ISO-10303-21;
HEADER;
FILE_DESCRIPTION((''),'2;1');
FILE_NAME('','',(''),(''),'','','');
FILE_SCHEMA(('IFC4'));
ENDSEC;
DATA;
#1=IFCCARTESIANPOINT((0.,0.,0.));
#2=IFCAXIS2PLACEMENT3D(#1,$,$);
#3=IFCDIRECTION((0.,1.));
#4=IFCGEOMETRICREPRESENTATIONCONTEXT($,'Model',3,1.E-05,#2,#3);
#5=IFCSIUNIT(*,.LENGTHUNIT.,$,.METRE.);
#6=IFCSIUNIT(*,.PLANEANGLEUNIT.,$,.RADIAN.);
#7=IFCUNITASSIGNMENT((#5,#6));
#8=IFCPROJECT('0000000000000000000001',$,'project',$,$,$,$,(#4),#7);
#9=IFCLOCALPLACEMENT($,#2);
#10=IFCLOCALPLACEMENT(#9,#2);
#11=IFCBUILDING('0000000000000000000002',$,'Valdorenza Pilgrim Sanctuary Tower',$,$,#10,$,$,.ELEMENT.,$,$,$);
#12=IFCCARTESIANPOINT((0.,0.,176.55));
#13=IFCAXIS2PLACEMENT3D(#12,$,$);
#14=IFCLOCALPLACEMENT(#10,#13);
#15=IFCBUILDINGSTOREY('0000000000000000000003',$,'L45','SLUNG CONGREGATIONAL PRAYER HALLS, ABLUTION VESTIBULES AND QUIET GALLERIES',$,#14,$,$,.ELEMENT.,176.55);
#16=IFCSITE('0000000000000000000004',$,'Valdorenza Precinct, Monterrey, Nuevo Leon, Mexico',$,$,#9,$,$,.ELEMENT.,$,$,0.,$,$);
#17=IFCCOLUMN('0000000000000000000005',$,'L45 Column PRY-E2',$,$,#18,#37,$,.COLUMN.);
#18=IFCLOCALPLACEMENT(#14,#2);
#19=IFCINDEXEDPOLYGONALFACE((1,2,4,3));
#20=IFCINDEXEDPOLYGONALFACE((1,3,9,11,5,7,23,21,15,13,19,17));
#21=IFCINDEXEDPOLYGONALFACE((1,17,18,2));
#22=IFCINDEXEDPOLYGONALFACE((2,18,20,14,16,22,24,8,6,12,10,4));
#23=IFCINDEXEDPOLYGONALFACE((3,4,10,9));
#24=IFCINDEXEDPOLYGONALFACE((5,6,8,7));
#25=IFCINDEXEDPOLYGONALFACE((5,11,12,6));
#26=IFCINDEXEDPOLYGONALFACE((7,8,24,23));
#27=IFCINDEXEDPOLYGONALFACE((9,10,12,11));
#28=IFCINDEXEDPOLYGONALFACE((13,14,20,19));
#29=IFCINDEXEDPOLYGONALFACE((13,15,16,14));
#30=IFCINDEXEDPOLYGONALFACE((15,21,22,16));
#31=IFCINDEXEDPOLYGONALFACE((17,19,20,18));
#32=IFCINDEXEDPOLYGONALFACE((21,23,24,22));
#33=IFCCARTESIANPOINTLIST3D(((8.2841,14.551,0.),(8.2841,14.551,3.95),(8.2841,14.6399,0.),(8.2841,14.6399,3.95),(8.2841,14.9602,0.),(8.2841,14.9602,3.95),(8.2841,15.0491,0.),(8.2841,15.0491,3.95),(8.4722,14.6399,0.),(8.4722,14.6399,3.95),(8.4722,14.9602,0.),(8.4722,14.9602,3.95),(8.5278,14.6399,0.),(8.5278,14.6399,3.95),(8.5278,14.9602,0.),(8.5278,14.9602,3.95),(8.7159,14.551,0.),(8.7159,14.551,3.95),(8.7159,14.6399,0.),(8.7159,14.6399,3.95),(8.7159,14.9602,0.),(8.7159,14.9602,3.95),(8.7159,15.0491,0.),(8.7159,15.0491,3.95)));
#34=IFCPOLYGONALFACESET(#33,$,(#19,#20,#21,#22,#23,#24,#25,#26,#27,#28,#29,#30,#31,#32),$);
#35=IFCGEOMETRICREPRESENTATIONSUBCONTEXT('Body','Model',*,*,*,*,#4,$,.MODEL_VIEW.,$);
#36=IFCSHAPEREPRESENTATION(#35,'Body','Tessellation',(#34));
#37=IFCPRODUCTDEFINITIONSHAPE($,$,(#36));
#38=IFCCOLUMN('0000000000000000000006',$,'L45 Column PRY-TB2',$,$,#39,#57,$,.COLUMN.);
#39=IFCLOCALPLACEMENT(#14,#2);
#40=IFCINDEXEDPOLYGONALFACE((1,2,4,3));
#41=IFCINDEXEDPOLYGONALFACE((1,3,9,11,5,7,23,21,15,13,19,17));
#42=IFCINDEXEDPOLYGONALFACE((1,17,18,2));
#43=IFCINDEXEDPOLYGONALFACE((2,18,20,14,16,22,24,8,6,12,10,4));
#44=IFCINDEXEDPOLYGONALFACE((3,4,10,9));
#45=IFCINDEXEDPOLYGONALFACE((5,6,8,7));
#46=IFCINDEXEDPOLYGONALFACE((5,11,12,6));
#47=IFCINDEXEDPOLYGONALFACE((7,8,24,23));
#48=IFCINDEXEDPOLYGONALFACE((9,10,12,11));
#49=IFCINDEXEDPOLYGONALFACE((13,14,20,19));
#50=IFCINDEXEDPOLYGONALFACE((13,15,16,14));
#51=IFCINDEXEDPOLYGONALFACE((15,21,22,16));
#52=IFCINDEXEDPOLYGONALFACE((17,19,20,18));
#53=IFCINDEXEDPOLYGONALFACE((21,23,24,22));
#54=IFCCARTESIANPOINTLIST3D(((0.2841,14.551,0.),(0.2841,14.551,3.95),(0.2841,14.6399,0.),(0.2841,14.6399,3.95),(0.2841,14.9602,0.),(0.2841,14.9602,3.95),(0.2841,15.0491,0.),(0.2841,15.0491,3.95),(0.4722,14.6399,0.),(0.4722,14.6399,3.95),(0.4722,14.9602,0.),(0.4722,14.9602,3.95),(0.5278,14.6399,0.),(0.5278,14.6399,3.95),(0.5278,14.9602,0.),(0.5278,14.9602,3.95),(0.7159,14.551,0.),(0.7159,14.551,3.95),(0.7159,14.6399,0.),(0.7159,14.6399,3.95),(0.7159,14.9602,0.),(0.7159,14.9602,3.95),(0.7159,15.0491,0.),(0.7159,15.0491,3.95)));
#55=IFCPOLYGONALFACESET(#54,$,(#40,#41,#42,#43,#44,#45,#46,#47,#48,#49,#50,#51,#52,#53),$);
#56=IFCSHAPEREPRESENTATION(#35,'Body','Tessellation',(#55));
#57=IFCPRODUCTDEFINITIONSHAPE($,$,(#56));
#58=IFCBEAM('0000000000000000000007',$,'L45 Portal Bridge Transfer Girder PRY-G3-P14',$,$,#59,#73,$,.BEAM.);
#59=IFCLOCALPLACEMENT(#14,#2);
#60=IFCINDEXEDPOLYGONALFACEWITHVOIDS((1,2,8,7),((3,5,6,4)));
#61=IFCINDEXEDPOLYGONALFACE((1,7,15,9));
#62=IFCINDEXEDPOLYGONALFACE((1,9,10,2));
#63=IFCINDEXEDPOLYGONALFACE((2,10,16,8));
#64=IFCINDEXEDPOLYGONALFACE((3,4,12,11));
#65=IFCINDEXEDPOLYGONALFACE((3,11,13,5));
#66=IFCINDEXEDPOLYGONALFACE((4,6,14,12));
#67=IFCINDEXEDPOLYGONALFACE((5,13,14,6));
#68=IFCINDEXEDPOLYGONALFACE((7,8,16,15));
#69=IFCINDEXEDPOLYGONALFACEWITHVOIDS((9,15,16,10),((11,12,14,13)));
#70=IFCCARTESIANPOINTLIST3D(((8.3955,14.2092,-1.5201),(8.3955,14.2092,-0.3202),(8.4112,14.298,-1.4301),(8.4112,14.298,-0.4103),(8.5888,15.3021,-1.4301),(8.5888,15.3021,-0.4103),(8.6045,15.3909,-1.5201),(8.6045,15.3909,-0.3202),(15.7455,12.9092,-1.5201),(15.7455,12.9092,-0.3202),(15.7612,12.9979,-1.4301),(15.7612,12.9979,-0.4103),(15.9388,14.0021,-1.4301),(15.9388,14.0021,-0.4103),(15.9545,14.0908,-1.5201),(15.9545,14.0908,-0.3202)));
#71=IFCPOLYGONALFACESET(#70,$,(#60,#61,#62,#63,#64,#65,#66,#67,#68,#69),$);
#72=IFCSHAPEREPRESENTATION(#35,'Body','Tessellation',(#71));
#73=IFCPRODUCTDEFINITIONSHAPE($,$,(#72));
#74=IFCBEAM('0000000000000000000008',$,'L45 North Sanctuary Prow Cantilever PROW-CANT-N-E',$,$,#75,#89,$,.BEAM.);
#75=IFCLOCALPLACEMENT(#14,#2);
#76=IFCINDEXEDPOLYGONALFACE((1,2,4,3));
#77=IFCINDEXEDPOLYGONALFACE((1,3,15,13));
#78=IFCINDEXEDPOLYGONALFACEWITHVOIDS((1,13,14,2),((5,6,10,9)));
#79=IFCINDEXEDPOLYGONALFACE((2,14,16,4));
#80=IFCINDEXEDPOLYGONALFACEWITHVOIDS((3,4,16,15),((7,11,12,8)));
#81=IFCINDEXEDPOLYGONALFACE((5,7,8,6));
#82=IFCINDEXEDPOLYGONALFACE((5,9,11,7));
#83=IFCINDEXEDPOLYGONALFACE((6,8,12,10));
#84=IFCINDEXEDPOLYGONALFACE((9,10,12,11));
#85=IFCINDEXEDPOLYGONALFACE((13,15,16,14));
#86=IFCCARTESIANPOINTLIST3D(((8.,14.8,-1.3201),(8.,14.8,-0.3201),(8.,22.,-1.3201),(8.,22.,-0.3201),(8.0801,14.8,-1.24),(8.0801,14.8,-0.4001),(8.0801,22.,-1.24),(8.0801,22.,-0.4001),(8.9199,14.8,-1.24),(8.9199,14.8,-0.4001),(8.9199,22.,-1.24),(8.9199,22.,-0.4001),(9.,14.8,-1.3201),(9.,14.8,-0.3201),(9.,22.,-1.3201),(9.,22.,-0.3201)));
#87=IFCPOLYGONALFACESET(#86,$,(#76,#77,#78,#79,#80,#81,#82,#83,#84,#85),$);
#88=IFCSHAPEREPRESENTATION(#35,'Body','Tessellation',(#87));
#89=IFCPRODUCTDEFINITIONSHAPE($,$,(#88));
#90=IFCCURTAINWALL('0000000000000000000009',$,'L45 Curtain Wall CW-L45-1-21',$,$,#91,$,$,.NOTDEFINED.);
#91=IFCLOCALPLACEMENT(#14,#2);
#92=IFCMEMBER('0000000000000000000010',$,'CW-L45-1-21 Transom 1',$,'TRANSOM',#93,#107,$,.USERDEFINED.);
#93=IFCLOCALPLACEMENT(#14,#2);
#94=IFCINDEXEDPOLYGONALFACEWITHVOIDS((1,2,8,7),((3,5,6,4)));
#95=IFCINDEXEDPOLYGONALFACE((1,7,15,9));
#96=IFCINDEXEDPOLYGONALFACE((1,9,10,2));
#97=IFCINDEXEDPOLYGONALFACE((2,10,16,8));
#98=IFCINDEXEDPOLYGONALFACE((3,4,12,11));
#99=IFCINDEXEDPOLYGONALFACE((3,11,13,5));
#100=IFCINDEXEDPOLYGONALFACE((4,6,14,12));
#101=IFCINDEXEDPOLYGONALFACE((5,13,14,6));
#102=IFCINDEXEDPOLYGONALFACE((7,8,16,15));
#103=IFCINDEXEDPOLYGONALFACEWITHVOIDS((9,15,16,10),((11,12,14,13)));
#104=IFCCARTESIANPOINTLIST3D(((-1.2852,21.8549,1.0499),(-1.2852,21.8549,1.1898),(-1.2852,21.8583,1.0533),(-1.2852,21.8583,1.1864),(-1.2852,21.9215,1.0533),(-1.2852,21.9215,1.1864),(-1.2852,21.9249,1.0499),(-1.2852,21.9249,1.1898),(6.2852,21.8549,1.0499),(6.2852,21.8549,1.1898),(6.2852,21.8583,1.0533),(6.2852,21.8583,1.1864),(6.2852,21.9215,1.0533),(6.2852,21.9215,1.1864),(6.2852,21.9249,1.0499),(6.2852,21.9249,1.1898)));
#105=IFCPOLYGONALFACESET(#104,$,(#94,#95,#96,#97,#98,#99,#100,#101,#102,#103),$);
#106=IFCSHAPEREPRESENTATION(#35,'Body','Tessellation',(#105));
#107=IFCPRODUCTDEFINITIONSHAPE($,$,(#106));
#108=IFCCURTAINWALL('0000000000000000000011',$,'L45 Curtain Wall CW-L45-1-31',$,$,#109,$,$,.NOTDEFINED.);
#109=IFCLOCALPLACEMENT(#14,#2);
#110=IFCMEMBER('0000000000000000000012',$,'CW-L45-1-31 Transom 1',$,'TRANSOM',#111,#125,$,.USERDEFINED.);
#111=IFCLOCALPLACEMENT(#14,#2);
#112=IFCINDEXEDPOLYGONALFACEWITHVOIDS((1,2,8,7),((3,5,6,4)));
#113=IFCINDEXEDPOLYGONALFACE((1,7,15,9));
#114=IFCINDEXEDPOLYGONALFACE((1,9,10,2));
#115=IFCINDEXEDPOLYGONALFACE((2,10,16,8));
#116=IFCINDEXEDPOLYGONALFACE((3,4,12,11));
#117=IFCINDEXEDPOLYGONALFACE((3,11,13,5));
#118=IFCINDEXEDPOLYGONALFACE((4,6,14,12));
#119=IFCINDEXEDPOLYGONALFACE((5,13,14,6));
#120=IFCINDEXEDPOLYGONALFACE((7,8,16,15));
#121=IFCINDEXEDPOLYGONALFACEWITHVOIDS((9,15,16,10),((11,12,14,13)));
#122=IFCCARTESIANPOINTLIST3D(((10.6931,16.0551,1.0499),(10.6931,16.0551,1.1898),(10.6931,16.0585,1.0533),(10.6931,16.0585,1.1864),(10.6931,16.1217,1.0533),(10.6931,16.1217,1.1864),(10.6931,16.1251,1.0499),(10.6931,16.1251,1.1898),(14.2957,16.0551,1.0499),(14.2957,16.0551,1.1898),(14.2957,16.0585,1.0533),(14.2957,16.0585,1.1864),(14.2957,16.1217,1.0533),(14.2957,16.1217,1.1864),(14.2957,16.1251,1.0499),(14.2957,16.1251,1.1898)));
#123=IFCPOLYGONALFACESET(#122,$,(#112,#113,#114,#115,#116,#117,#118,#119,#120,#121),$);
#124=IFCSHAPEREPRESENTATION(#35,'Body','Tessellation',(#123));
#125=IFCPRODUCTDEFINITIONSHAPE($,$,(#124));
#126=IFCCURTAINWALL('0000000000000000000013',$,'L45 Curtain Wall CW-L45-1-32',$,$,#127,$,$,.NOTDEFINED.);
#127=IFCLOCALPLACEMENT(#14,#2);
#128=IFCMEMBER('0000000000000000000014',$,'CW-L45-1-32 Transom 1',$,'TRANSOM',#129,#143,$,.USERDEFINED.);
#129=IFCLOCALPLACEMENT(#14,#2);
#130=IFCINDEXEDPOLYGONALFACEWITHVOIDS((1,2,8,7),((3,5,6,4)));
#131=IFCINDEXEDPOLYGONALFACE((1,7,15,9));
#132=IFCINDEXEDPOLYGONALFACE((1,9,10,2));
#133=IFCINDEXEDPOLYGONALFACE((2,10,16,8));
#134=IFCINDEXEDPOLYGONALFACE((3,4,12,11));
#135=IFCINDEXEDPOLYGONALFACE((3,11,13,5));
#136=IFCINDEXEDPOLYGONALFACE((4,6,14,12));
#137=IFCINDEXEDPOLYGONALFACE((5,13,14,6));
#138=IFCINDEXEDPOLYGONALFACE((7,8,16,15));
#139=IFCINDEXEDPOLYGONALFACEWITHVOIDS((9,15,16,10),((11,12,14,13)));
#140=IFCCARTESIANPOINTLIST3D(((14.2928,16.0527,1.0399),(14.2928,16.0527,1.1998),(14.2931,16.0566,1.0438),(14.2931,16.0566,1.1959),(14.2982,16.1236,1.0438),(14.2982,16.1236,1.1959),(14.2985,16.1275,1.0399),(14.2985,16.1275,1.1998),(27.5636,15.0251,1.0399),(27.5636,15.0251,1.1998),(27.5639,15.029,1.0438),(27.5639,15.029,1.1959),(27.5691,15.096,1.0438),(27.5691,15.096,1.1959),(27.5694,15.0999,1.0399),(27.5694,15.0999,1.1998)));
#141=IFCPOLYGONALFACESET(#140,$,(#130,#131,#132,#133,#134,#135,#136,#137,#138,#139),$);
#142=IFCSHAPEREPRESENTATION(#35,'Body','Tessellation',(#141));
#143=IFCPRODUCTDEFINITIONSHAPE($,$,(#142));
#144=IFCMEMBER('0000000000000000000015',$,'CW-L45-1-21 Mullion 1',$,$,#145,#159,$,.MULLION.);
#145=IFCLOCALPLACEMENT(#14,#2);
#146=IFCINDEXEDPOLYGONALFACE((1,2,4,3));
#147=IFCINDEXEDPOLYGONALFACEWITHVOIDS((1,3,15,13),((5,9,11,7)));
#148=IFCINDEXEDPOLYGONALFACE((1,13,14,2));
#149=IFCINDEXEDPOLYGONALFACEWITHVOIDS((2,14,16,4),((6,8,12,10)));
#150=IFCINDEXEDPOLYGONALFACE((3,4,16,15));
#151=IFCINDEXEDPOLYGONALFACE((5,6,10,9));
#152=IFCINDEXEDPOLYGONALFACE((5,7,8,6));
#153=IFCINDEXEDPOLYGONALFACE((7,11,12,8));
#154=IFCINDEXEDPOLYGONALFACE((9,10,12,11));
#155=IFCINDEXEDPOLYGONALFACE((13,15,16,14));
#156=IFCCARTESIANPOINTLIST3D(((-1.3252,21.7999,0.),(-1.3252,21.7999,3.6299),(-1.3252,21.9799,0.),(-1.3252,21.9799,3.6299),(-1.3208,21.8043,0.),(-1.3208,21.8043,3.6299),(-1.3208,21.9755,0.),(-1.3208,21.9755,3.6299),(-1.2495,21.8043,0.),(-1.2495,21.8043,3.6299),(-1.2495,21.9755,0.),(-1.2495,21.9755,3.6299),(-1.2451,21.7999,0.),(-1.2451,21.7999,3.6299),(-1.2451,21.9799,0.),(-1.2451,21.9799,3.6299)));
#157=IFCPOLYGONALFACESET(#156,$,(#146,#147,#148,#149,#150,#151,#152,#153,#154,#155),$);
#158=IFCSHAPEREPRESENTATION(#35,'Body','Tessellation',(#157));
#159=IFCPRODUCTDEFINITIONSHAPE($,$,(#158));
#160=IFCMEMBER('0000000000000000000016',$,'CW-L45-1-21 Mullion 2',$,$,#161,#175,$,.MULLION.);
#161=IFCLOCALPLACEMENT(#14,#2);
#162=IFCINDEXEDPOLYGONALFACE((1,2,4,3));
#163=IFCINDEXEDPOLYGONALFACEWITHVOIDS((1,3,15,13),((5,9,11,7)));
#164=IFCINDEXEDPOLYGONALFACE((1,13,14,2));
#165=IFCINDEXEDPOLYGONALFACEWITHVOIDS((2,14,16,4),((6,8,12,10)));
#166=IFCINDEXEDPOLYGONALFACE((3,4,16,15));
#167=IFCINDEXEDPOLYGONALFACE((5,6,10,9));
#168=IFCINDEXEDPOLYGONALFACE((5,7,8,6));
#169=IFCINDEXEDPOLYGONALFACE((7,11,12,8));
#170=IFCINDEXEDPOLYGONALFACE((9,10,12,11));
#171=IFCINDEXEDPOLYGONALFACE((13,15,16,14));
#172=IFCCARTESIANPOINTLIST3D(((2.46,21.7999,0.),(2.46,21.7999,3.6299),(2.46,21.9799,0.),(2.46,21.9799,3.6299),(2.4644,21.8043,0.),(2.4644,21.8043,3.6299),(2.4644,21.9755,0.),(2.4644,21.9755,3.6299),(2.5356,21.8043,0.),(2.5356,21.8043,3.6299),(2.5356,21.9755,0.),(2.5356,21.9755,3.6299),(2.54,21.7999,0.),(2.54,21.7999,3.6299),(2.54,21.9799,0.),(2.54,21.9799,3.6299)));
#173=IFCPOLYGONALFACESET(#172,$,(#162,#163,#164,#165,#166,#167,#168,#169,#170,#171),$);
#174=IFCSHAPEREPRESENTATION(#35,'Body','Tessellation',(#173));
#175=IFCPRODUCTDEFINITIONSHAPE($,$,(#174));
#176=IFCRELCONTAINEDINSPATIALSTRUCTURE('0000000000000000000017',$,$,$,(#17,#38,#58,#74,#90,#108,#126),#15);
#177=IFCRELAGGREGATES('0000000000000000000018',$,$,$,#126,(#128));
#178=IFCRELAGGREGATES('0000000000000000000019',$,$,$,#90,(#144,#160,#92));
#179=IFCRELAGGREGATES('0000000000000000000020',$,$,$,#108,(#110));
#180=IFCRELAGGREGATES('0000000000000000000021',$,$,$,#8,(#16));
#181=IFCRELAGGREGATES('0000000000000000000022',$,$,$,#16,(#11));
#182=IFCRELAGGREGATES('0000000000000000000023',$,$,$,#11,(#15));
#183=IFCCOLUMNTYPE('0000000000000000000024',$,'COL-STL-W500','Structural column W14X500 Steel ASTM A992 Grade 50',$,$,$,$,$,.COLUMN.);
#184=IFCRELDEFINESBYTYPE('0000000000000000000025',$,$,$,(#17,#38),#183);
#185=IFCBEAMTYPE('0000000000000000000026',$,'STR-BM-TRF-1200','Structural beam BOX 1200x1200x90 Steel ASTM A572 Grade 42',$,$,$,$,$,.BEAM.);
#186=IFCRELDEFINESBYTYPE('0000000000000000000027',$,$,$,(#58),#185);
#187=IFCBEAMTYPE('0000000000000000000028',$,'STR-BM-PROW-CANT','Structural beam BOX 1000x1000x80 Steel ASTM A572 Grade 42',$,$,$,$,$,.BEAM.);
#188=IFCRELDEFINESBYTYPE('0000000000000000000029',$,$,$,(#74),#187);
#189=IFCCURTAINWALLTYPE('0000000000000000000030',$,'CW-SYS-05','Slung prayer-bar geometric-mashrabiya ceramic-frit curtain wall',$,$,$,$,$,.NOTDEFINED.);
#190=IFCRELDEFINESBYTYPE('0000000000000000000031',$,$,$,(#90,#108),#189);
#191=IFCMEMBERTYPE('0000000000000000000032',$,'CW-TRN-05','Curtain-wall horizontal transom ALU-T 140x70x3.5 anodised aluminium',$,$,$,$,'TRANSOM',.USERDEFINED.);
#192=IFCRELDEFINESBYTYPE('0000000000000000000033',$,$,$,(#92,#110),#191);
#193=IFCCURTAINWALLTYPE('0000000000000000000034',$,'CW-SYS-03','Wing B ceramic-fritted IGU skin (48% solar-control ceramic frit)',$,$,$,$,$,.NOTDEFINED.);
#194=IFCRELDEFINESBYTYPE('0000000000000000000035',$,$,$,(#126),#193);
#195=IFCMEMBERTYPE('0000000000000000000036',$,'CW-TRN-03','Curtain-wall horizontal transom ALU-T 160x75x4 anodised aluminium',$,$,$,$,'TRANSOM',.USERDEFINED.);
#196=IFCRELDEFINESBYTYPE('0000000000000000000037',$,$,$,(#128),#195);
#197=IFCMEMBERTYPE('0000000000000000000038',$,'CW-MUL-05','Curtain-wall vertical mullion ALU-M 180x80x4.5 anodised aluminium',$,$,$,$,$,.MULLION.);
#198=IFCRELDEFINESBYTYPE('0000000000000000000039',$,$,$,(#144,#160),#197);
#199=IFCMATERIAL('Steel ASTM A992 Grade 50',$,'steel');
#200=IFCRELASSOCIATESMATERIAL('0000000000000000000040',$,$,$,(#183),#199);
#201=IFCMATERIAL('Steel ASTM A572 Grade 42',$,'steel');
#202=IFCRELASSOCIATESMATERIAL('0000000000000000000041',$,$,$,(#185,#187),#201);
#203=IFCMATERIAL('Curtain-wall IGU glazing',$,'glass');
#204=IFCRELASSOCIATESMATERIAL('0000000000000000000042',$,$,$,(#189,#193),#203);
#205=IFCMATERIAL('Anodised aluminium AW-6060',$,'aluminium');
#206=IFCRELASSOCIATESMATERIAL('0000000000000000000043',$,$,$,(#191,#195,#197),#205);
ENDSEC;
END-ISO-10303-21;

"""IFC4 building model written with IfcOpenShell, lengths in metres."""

from ifc_helpers import new_model, si_unit, direction, frame, origin, origin_2d, place, context, subcontext, project, spatial, hollow_rectangle, i_section, extrude, source, transform, mapped, material, material_profile, profile_set, type_object, element, aggregate, save


model = new_model("IFC4")

# Units and contexts
model_context = context("Model", 3, precision=1e-05, world=origin(), true_north=direction((0.0, 1.0)))
body_context = subcontext(model_context, "Body", "Model", "MODEL_VIEW")
ifc_project = project(units=[si_unit("LENGTHUNIT", "METRE"), si_unit("PLANEANGLEUNIT", "RADIAN")], contexts=[model_context])

# Site, building, storey
site_placement = place(None, origin())
site = spatial("IfcSite", under=ifc_project, at=site_placement, Name="Valdorenza Precinct, Monterrey, Nuevo Leon, Mexico", CompositionType="ELEMENT", RefElevation=0.0)
building_placement = place(site_placement, origin())
building = spatial("IfcBuilding", under=site, at=building_placement, Name="Valdorenza Pilgrim Sanctuary Tower", CompositionType="ELEMENT")
storey_placement = place(building_placement, frame((0.0, 0.0, 176.55)))
storey = spatial("IfcBuildingStorey", under=building, at=storey_placement, Name="L45", Description="SLUNG CONGREGATIONAL PRAYER HALLS, ABLUTION VESTIBULES AND QUIET GALLERIES", CompositionType="ELEMENT", Elevation=176.55)

# Columns
ifc_material_1 = material(Name="Steel ASTM A992 Grade 50", Category="steel")
ifc_material_profile_1 = material_profile(ifc_material_1, i_section(OverallWidth=0.4319, OverallDepth=0.498, WebThickness=0.0557, FlangeThickness=0.0889, at=origin_2d()), Name="W14X500")
ifc_profile_set_1 = profile_set([ifc_material_profile_1], Name="Steel ASTM A992 Grade 50")
column_type = type_object("IfcColumnType", Name="COL-STL-W500", Description="Structural column W14X500 Steel ASTM A992 Grade 50", PredefinedType="COLUMN", material=ifc_profile_set_1)
shared_shape_1 = source(origin(), body_context, "Body", "SweptSolid", [
    extrude(i_section(OverallWidth=0.4319, OverallDepth=0.498, WebThickness=0.0557, FlangeThickness=0.0889, at=origin_2d()), origin(), (0.0, 0.0, 1.0), 3.95),
])
for number, where, z_axis, x_axis, name in (
    (1, (8.5, 14.8, 0.0), (0.0, 0.0, 1.0), (1.0, 0.0, 0.0), "L45 Column PRY-E2"),
    (2, (0.5, 14.8, 0.0), (0.0, 0.0, 1.0), (1.0, 0.0, 0.0), "L45 Column PRY-TB2"),
):
    element("IfcColumn", number, at=place(storey_placement, frame(where, z_axis=z_axis, x_axis=x_axis)), inside=storey, type_object=column_type, Name=name, PredefinedType="COLUMN", context=body_context, shape_type="MappedRepresentation", body=[
        mapped(shared_shape_1, transform((0.0, 0.0, 0.0), x_axis=(1.0, 0.0, 0.0), y_axis=(0.0, 1.0, 0.0), z_axis=(0.0, 0.0, 1.0), scale=1.0)),
    ])

# Beams
ifc_material_2 = material(Name="Steel ASTM A572 Grade 42", Category="steel")
ifc_material_profile_2 = material_profile(ifc_material_2, hollow_rectangle(XDim=1.2, YDim=1.2, WallThickness=0.0901, at=origin_2d()), Name="BOX 1200x1200x90")
ifc_profile_set_2 = profile_set([ifc_material_profile_2], Name="Steel ASTM A572 Grade 42")
beam_type_1 = type_object("IfcBeamType", Name="STR-BM-TRF-1200", Description="Structural beam BOX 1200x1200x90 Steel ASTM A572 Grade 42", PredefinedType="BEAM", material=ifc_profile_set_2)
shared_shape_2 = source(origin(), body_context, "Body", "SweptSolid", [
    extrude(hollow_rectangle(XDim=1.2, YDim=1.2, WallThickness=0.0901, at=origin_2d()), origin(), (0.0, 0.0, 1.0), 7.4641),
])
beam_1_placement = place(storey_placement, frame((8.5, 14.8, -0.9202), z_axis=(0.984715, -0.174172, 0.0), x_axis=(0.174172, 0.984715, 0.0)))
element("IfcBeam", 3, at=beam_1_placement, inside=storey, type_object=beam_type_1, Name="L45 Portal Bridge Transfer Girder PRY-G3-P14", PredefinedType="BEAM", context=body_context, shape_type="MappedRepresentation", body=[
    mapped(shared_shape_2, transform((0.0, 0.0, 0.0), x_axis=(1.0, 0.0, 0.0), y_axis=(0.0, 1.0, 0.0), z_axis=(0.0, 0.0, 1.0), scale=1.0)),
])
ifc_material_profile_3 = material_profile(ifc_material_2, hollow_rectangle(XDim=1.0, YDim=1.0, WallThickness=0.0801, at=origin_2d()), Name="BOX 1000x1000x80")
ifc_profile_set_3 = profile_set([ifc_material_profile_3], Name="Steel ASTM A572 Grade 42")
beam_type_2 = type_object("IfcBeamType", Name="STR-BM-PROW-CANT", Description="Structural beam BOX 1000x1000x80 Steel ASTM A572 Grade 42", PredefinedType="BEAM", material=ifc_profile_set_3)
shared_shape_3 = source(origin(), body_context, "Body", "SweptSolid", [
    extrude(hollow_rectangle(XDim=1.0, YDim=1.0, WallThickness=0.0801, at=origin_2d()), origin(), (0.0, 0.0, 1.0), 7.2),
])
beam_2_placement = place(storey_placement, frame((8.5, 14.8, -0.8201), z_axis=(0.0, 1.0, 0.0), x_axis=(-1.0, 0.0, 0.0)))
element("IfcBeam", 4, at=beam_2_placement, inside=storey, type_object=beam_type_2, Name="L45 North Sanctuary Prow Cantilever PROW-CANT-N-E", PredefinedType="BEAM", context=body_context, shape_type="MappedRepresentation", body=[
    mapped(shared_shape_3, transform((0.0, 0.0, 0.0), x_axis=(1.0, 0.0, 0.0), y_axis=(0.0, 1.0, 0.0), z_axis=(0.0, 0.0, 1.0), scale=1.0)),
])

# Curtain walls, members
ifc_material_3 = material(Name="Curtain-wall IGU glazing", Category="glass")
curtain_wall_type_1 = type_object("IfcCurtainWallType", Name="CW-SYS-05", Description="Slung prayer-bar geometric-mashrabiya ceramic-frit curtain wall", PredefinedType="NOTDEFINED", material=ifc_material_3)
curtain_wall_1_placement = place(storey_placement, origin())
curtain_wall_1 = element("IfcCurtainWall", 5, at=curtain_wall_1_placement, inside=storey, type_object=curtain_wall_type_1, Name="L45 Curtain Wall CW-L45-1-21", PredefinedType="NOTDEFINED")
ifc_material_4 = material(Name="Anodised aluminium AW-6060", Category="aluminium")
ifc_material_profile_4 = material_profile(ifc_material_4, hollow_rectangle(XDim=0.0701, YDim=0.1399, WallThickness=0.0034, at=origin_2d()), Name="ALU-T 140x70x3.5")
ifc_profile_set_4 = profile_set([ifc_material_profile_4], Name="Anodised aluminium AW-6060")
member_type_1 = type_object("IfcMemberType", Name="CW-TRN-05", Description="Curtain-wall horizontal transom ALU-T 140x70x3.5 anodised aluminium", ElementType="TRANSOM", PredefinedType="USERDEFINED", material=ifc_profile_set_4)
shared_shape_4 = source(origin(), body_context, "Body", "SweptSolid", [
    extrude(hollow_rectangle(XDim=0.0701, YDim=0.1399, WallThickness=0.0034, at=origin_2d()), origin(), (0.0, 0.0, 1.0), 7.5703),
])
member_1_placement = place(storey_placement, frame((-1.2852, 21.8899, 1.1199), z_axis=(1.0, 0.0, 0.0), x_axis=(0.0, 1.0, 0.0)))
member_1 = element("IfcMember", 6, at=member_1_placement, type_object=member_type_1, Name="CW-L45-1-21 Transom 1", ObjectType="TRANSOM", PredefinedType="USERDEFINED", context=body_context, shape_type="MappedRepresentation", body=[
    mapped(shared_shape_4, transform((0.0, 0.0, 0.0), x_axis=(1.0, 0.0, 0.0), y_axis=(0.0, 1.0, 0.0), z_axis=(0.0, 0.0, 1.0), scale=1.0)),
])
curtain_wall_2_placement = place(storey_placement, origin())
curtain_wall_2 = element("IfcCurtainWall", 7, at=curtain_wall_2_placement, inside=storey, type_object=curtain_wall_type_1, Name="L45 Curtain Wall CW-L45-1-31", PredefinedType="NOTDEFINED")
shared_shape_5 = source(origin(), body_context, "Body", "SweptSolid", [
    extrude(hollow_rectangle(XDim=0.0701, YDim=0.1399, WallThickness=0.0034, at=origin_2d()), origin(), (0.0, 0.0, 1.0), 3.6025),
])
member_2_placement = place(storey_placement, frame((10.6931, 16.0901, 1.1199), z_axis=(1.0, 0.0, 0.0), x_axis=(0.0, 1.0, 0.0)))
member_2 = element("IfcMember", 8, at=member_2_placement, type_object=member_type_1, Name="CW-L45-1-31 Transom 1", ObjectType="TRANSOM", PredefinedType="USERDEFINED", context=body_context, shape_type="MappedRepresentation", body=[
    mapped(shared_shape_5, transform((0.0, 0.0, 0.0), x_axis=(1.0, 0.0, 0.0), y_axis=(0.0, 1.0, 0.0), z_axis=(0.0, 0.0, 1.0), scale=1.0)),
])
curtain_wall_type_2 = type_object("IfcCurtainWallType", Name="CW-SYS-03", Description="Wing B ceramic-fritted IGU skin (48% solar-control ceramic frit)", PredefinedType="NOTDEFINED", material=ifc_material_3)
curtain_wall_3_placement = place(storey_placement, origin())
curtain_wall_3 = element("IfcCurtainWall", 9, at=curtain_wall_3_placement, inside=storey, type_object=curtain_wall_type_2, Name="L45 Curtain Wall CW-L45-1-32", PredefinedType="NOTDEFINED")
ifc_material_profile_5 = material_profile(ifc_material_4, hollow_rectangle(XDim=0.075, YDim=0.1599, WallThickness=0.0039, at=origin_2d()), Name="ALU-T 160x75x4")
ifc_profile_set_5 = profile_set([ifc_material_profile_5], Name="Anodised aluminium AW-6060")
member_type_2 = type_object("IfcMemberType", Name="CW-TRN-03", Description="Curtain-wall horizontal transom ALU-T 160x75x4 anodised aluminium", ElementType="TRANSOM", PredefinedType="USERDEFINED", material=ifc_profile_set_5)
shared_shape_6 = source(origin(), body_context, "Body", "SweptSolid", [
    extrude(hollow_rectangle(XDim=0.075, YDim=0.1599, WallThickness=0.0039, at=origin_2d()), origin(), (0.0, 0.0, 1.0), 13.3105),
])
member_3_placement = place(storey_placement, frame((14.2957, 16.0901, 1.1199), z_axis=(0.997016, -0.077201, 0.0), x_axis=(0.077201, 0.997016, 0.0)))
member_3 = element("IfcMember", 10, at=member_3_placement, type_object=member_type_2, Name="CW-L45-1-32 Transom 1", ObjectType="TRANSOM", PredefinedType="USERDEFINED", context=body_context, shape_type="MappedRepresentation", body=[
    mapped(shared_shape_6, transform((0.0, 0.0, 0.0), x_axis=(1.0, 0.0, 0.0), y_axis=(0.0, 1.0, 0.0), z_axis=(0.0, 0.0, 1.0), scale=1.0)),
])
aggregate(curtain_wall_3, [member_3])

# Members
ifc_material_profile_6 = material_profile(ifc_material_4, hollow_rectangle(XDim=0.0801, YDim=0.1799, WallThickness=0.0044, at=origin_2d()), Name="ALU-M 180x80x4.5")
ifc_profile_set_6 = profile_set([ifc_material_profile_6], Name="Anodised aluminium AW-6060")
member_type_3 = type_object("IfcMemberType", Name="CW-MUL-05", Description="Curtain-wall vertical mullion ALU-M 180x80x4.5 anodised aluminium", PredefinedType="MULLION", material=ifc_profile_set_6)
shared_shape_7 = source(origin(), body_context, "Body", "SweptSolid", [
    extrude(hollow_rectangle(XDim=0.0801, YDim=0.1799, WallThickness=0.0044, at=origin_2d()), origin(), (0.0, 0.0, 1.0), 3.6299),
])
member_4_placement = place(storey_placement, frame((-1.2852, 21.8899, 0.0), z_axis=(0.0, 0.0, 1.0), x_axis=(1.0, 0.0, 0.0)))
member_4 = element("IfcMember", 11, at=member_4_placement, type_object=member_type_3, Name="CW-L45-1-21 Mullion 1", PredefinedType="MULLION", context=body_context, shape_type="MappedRepresentation", body=[
    mapped(shared_shape_7, transform((0.0, 0.0, 0.0), x_axis=(1.0, 0.0, 0.0), y_axis=(0.0, 1.0, 0.0), z_axis=(0.0, 0.0, 1.0), scale=1.0)),
])
member_5_placement = place(storey_placement, frame((2.5, 21.8899, 0.0), z_axis=(0.0, 0.0, 1.0), x_axis=(1.0, 0.0, 0.0)))
member_5 = element("IfcMember", 12, at=member_5_placement, type_object=member_type_3, Name="CW-L45-1-21 Mullion 2", PredefinedType="MULLION", context=body_context, shape_type="MappedRepresentation", body=[
    mapped(shared_shape_7, transform((0.0, 0.0, 0.0), x_axis=(1.0, 0.0, 0.0), y_axis=(0.0, 1.0, 0.0), z_axis=(0.0, 0.0, 1.0), scale=1.0)),
])

aggregate(curtain_wall_1, [member_4, member_5, member_1])
aggregate(curtain_wall_2, [member_2])

save(model, "model.ifc")
